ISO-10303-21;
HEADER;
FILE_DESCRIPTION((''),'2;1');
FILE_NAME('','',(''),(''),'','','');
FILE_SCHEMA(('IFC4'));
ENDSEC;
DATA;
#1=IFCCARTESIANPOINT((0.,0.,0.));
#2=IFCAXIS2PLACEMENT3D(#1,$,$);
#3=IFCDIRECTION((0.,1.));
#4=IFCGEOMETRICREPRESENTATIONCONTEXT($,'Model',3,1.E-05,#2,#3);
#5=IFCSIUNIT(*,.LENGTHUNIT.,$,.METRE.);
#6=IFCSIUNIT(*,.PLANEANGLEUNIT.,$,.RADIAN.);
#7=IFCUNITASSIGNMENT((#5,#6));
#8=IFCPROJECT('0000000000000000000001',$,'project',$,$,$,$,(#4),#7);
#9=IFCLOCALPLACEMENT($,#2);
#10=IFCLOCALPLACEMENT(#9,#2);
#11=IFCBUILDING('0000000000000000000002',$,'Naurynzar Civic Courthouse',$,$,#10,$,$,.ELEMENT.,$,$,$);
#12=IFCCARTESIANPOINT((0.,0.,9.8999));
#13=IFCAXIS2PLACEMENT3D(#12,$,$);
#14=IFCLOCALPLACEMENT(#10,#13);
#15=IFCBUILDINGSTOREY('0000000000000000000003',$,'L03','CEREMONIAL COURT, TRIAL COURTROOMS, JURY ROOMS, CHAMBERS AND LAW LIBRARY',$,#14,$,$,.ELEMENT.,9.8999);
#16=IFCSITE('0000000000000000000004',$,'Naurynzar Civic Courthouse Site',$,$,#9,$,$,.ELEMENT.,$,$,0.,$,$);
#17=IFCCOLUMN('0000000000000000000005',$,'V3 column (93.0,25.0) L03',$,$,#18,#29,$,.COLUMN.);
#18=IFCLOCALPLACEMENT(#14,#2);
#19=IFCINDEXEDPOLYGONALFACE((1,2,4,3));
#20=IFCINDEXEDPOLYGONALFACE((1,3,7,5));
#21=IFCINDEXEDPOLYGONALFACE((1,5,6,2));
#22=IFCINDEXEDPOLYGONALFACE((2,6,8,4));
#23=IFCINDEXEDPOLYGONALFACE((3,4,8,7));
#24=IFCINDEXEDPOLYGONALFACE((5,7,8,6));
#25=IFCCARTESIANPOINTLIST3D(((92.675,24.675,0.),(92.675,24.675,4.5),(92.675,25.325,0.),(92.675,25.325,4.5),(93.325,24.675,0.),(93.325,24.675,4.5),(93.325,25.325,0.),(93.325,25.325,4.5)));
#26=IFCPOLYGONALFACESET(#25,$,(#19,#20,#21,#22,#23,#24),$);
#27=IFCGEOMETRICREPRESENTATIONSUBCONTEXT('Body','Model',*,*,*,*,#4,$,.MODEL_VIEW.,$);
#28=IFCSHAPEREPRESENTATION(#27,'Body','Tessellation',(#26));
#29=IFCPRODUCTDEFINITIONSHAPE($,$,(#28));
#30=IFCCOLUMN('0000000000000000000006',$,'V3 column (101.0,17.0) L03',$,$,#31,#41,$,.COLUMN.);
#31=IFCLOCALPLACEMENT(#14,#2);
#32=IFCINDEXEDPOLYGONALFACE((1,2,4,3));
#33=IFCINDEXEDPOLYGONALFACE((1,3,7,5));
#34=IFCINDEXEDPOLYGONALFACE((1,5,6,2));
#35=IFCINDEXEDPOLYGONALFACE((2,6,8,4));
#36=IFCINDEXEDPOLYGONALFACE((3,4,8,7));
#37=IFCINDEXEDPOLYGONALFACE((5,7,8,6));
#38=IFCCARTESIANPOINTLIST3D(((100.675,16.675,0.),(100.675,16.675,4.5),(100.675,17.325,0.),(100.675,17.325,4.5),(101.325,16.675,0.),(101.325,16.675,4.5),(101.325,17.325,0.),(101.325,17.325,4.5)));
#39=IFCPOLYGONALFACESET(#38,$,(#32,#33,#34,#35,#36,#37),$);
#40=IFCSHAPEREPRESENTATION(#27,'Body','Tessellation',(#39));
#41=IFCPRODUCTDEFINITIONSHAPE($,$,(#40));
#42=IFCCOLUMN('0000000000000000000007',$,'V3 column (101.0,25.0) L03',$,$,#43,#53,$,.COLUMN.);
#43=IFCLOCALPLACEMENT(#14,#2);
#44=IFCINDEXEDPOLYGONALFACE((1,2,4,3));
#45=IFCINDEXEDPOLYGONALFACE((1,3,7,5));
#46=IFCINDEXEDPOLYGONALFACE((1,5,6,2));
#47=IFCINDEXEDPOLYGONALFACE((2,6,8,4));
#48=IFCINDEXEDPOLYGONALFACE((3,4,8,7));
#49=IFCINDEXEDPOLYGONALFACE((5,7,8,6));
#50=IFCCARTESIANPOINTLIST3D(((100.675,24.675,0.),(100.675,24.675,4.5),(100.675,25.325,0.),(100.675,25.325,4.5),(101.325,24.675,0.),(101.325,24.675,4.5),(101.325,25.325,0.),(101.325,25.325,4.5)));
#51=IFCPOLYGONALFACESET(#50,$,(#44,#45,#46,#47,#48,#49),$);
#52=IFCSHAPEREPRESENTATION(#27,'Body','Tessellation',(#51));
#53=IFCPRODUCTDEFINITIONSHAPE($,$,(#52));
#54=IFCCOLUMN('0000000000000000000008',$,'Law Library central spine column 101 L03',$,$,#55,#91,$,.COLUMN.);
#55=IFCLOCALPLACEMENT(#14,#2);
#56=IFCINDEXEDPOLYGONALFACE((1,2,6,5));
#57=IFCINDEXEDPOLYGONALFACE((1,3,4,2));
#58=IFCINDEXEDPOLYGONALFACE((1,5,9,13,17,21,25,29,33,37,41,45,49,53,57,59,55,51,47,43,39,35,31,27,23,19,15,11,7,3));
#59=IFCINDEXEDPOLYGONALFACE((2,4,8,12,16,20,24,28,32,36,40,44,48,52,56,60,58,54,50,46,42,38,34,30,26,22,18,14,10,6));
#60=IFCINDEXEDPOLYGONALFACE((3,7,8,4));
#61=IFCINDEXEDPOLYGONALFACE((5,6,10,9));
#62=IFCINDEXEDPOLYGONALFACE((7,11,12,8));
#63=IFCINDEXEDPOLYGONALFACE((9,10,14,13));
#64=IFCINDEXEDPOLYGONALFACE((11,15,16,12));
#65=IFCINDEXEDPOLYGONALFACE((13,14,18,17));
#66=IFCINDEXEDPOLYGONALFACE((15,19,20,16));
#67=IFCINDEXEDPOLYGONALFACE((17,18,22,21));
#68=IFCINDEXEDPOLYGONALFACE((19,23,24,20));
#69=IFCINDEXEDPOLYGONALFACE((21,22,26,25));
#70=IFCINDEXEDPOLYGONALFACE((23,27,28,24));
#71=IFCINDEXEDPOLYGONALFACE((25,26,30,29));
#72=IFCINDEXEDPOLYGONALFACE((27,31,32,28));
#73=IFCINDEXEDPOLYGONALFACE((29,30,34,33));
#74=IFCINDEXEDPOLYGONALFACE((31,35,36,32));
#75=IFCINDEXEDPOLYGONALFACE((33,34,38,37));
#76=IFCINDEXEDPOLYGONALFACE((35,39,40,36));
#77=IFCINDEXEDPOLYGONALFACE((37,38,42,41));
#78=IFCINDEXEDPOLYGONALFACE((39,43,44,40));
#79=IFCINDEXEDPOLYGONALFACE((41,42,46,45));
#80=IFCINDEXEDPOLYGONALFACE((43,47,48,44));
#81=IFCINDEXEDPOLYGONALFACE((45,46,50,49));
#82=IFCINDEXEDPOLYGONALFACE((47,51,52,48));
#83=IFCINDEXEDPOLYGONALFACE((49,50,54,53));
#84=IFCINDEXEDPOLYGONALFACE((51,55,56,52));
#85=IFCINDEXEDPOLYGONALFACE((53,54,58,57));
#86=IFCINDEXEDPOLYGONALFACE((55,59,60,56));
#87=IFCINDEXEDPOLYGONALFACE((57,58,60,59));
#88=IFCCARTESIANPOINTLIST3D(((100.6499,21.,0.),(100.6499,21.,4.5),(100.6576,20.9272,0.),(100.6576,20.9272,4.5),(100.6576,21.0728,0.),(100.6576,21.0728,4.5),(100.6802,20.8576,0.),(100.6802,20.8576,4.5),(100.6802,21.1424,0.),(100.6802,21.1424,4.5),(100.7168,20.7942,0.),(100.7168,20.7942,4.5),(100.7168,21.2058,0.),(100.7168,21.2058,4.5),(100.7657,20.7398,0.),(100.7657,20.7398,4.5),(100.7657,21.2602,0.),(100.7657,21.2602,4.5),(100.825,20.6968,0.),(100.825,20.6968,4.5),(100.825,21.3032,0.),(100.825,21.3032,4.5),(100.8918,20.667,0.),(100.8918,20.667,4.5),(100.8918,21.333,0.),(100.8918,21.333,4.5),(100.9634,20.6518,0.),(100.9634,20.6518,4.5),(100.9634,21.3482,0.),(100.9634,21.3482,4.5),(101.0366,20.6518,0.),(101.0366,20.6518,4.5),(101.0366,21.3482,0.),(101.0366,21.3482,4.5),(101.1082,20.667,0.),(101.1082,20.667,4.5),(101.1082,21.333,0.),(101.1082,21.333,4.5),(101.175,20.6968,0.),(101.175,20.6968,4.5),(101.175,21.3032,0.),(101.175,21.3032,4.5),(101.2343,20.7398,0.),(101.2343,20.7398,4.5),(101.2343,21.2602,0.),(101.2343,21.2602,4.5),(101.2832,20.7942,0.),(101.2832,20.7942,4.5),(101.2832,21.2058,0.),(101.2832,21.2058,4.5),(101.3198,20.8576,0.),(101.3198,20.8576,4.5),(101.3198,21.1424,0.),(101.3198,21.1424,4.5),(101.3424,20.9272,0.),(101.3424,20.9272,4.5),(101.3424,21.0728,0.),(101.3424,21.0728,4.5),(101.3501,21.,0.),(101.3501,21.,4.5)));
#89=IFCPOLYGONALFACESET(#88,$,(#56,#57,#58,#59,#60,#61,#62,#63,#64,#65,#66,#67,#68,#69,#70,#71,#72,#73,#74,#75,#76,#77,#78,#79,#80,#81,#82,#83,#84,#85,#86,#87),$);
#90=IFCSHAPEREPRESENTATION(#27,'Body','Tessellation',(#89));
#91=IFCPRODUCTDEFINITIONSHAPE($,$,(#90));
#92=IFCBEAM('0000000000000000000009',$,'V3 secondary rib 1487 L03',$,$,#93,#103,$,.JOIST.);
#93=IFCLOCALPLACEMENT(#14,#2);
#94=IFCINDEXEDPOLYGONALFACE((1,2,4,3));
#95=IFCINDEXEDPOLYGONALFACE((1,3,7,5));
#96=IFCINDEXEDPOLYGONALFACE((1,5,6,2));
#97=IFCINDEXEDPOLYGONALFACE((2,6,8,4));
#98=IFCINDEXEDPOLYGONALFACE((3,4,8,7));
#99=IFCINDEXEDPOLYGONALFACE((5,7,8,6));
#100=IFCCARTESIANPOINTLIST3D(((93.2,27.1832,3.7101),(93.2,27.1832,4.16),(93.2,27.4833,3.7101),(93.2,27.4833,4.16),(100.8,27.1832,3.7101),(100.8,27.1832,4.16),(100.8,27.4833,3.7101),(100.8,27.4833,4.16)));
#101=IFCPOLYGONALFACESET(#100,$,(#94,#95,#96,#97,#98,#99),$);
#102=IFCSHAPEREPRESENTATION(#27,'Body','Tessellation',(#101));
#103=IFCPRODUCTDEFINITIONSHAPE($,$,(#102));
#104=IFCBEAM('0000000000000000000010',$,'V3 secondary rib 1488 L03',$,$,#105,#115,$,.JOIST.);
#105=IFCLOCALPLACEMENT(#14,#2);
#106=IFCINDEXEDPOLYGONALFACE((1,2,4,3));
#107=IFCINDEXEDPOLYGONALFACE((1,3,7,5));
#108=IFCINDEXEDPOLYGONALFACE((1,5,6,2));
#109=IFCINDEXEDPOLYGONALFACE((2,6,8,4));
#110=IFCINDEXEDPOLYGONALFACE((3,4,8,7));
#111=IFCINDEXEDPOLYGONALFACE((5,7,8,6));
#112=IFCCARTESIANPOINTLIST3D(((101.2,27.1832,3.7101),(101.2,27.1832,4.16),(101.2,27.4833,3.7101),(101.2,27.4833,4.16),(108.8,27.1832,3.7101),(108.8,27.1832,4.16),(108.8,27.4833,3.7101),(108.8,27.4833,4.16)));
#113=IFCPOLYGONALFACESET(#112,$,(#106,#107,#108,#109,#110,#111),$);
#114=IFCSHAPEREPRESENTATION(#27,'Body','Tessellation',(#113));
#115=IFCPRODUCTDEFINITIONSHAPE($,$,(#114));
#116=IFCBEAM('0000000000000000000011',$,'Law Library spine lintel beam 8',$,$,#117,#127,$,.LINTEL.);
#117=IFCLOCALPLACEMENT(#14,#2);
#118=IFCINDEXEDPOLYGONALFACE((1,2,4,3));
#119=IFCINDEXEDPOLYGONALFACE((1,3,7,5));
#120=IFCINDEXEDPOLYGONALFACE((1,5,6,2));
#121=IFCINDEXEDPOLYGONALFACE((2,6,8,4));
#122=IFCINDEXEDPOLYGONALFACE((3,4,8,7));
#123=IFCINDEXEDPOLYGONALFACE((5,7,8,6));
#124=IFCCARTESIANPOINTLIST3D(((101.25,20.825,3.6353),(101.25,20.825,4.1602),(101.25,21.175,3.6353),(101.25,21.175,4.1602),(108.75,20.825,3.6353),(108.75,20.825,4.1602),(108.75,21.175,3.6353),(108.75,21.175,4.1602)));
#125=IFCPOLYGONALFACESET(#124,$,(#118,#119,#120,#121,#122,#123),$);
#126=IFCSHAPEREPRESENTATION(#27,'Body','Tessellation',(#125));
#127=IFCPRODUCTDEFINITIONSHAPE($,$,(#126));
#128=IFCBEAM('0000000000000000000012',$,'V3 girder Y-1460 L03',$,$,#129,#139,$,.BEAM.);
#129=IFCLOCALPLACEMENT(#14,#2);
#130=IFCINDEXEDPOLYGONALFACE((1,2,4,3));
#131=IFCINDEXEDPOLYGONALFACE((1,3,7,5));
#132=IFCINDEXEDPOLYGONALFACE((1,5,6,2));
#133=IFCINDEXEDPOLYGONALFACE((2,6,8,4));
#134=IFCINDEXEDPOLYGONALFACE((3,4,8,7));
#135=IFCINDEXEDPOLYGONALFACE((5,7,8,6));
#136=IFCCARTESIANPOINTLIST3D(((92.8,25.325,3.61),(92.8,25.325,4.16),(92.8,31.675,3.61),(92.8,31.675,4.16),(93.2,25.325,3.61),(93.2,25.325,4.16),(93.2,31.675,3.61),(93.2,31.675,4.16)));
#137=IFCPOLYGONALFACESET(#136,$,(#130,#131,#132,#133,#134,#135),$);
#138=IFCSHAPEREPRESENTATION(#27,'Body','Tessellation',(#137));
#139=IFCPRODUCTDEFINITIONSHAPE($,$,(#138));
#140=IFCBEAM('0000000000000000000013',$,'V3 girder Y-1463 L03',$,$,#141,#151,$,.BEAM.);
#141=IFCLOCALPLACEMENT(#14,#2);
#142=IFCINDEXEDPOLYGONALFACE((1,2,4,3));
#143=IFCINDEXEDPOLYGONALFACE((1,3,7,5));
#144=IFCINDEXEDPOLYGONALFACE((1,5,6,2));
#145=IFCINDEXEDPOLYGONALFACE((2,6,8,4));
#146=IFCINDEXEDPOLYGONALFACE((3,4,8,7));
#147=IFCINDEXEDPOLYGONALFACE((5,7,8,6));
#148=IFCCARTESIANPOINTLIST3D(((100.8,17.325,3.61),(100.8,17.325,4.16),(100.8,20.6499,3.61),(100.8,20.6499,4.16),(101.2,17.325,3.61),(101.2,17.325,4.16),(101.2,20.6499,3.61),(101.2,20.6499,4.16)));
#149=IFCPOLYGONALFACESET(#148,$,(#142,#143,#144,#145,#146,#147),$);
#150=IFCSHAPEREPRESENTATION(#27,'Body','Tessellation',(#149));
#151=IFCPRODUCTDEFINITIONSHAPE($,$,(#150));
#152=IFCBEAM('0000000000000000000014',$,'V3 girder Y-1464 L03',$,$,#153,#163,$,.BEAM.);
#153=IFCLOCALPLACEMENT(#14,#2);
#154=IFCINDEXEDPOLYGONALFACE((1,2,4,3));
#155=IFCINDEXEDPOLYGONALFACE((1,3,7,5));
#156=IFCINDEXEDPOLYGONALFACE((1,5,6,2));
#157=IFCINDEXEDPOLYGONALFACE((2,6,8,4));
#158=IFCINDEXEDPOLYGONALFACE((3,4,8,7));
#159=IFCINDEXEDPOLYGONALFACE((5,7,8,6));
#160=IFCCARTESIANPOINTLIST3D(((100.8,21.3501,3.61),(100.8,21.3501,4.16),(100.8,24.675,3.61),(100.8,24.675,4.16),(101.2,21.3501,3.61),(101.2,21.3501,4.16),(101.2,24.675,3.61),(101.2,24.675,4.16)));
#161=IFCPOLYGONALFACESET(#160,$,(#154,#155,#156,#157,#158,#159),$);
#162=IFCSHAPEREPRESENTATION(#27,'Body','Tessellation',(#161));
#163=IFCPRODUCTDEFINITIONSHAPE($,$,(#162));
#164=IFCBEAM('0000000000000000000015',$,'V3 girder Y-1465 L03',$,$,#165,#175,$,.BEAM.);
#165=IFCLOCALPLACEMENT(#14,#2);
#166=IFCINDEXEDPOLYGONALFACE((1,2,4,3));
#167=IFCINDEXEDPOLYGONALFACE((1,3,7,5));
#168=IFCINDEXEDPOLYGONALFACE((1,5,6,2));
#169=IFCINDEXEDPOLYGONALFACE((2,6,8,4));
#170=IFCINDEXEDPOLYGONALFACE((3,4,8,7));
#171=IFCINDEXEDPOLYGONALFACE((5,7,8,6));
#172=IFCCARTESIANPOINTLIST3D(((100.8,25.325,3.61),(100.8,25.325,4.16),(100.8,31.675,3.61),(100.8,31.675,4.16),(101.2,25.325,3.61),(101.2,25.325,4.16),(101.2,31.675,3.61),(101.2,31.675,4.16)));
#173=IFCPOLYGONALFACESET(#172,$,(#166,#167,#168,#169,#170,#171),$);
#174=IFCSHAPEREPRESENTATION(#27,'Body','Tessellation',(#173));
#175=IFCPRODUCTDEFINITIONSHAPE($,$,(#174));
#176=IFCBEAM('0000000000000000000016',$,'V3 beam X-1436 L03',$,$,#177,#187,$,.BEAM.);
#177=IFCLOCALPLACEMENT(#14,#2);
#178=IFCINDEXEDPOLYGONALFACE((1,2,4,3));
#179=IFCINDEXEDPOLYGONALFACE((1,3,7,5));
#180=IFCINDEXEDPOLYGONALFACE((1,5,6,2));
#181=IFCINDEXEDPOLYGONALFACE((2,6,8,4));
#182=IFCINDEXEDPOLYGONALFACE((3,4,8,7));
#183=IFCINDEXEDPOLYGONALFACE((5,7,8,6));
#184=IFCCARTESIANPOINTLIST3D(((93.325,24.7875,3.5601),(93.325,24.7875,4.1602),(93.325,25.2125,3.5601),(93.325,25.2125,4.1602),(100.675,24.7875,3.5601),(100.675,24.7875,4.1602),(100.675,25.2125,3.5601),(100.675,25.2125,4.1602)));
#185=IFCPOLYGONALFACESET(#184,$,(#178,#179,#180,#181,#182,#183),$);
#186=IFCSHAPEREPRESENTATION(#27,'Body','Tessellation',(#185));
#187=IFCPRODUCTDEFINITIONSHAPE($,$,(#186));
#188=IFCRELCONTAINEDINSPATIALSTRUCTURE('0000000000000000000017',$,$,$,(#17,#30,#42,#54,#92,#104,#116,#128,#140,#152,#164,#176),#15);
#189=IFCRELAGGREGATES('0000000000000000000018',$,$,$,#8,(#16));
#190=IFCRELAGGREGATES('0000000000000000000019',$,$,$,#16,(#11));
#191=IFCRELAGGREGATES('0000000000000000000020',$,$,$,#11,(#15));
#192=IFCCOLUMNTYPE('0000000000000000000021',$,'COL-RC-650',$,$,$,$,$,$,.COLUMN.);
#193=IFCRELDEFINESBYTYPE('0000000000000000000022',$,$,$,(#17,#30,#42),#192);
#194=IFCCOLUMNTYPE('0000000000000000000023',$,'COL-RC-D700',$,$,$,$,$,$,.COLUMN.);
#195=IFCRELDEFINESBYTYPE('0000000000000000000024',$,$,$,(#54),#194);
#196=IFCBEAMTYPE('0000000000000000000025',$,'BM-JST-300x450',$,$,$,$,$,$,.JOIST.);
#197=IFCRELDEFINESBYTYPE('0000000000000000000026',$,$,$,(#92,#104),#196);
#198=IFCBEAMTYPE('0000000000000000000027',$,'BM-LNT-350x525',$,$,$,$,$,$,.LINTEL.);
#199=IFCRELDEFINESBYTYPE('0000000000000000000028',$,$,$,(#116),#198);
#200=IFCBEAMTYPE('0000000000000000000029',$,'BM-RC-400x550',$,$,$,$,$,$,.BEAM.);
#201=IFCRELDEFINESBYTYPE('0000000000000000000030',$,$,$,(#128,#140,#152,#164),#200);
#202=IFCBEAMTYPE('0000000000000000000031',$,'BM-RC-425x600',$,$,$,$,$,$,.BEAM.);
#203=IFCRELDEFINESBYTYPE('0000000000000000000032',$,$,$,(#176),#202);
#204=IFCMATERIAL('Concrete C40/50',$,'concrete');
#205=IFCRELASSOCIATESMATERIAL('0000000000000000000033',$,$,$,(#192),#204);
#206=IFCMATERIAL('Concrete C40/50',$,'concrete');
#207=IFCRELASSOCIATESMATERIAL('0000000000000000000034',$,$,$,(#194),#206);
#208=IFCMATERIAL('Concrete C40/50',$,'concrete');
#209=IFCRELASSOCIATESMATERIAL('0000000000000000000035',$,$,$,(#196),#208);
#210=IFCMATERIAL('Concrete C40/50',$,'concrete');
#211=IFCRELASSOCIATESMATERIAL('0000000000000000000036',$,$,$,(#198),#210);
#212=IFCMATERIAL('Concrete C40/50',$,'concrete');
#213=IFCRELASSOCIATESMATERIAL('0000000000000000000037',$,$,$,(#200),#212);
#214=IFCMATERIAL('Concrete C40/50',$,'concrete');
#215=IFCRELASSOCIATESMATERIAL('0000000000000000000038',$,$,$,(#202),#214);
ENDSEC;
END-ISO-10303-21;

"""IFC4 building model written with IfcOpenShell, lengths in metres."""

from ifc_helpers import new_model, si_unit, direction, frame, origin, origin_2d, place, context, subcontext, project, spatial, rectangle, circle, extrude, material, material_profile, profile_set, type_object, element, save


model = new_model("IFC4")

# Units and contexts
model_context = context("Model", 3, precision=1e-05, world=origin(), true_north=direction((0.0, 1.0)))
body_context = subcontext(model_context, "Body", "Model", "MODEL_VIEW")
ifc_project = project(units=[si_unit("LENGTHUNIT", "METRE"), si_unit("PLANEANGLEUNIT", "RADIAN")], contexts=[model_context])

# Site, building, storey
site_placement = place(None, origin())
site = spatial("IfcSite", under=ifc_project, at=site_placement, Name="Naurynzar Civic Courthouse Site", CompositionType="ELEMENT", RefElevation=0.0)
building_placement = place(site_placement, origin())
building = spatial("IfcBuilding", under=site, at=building_placement, Name="Naurynzar Civic Courthouse", CompositionType="ELEMENT")
storey_placement = place(building_placement, frame((0.0, 0.0, 9.8999)))
storey = spatial("IfcBuildingStorey", under=building, at=storey_placement, Name="L03", Description="CEREMONIAL COURT, TRIAL COURTROOMS, JURY ROOMS, CHAMBERS AND LAW LIBRARY", CompositionType="ELEMENT", Elevation=9.8999)

# Columns
ifc_material_1 = material(Name="Concrete C40/50", Category="concrete")
ifc_material_profile_1 = material_profile(ifc_material_1, rectangle(XDim=0.6499, YDim=0.6499, at=origin_2d()), Name="RC 650x650")
ifc_profile_set_1 = profile_set([ifc_material_profile_1], Name="Concrete C40/50")
column_type_1 = type_object("IfcColumnType", Name="COL-RC-650", PredefinedType="COLUMN", material=ifc_profile_set_1)
for number, where, z_axis, x_axis, name in (
    (1, (93.0, 25.0, 0.0), (0.0, 0.0, 1.0), (1.0, 0.0, 0.0), "V3 column (93.0,25.0) L03"),
    (2, (101.0, 17.0, 0.0), (0.0, 0.0, 1.0), (1.0, 0.0, 0.0), "V3 column (101.0,17.0) L03"),
    (3, (101.0, 25.0, 0.0), (0.0, 0.0, 1.0), (1.0, 0.0, 0.0), "V3 column (101.0,25.0) L03"),
):
    element("IfcColumn", number, at=place(storey_placement, frame(where, z_axis=z_axis, x_axis=x_axis)), inside=storey, type_object=column_type_1, Name=name, PredefinedType="COLUMN", context=body_context, shape_type="SweptSolid", body=[
        extrude(rectangle(XDim=0.6499, YDim=0.6499, at=origin_2d()), origin(), (0.0, 0.0, 1.0), 4.5),
    ])
ifc_material_2 = material(Name="Concrete C40/50", Category="concrete")
ifc_material_profile_2 = material_profile(ifc_material_2, circle(Radius=0.3501, at=origin_2d()), Name="RC D700")
ifc_profile_set_2 = profile_set([ifc_material_profile_2], Name="Concrete C40/50")
column_type_2 = type_object("IfcColumnType", Name="COL-RC-D700", PredefinedType="COLUMN", material=ifc_profile_set_2)
column_placement = place(storey_placement, frame((101.0, 21.0, 0.0), z_axis=(0.0, 0.0, 1.0), x_axis=(1.0, 0.0, 0.0)))
element("IfcColumn", 4, at=column_placement, inside=storey, type_object=column_type_2, Name="Law Library central spine column 101 L03", PredefinedType="COLUMN", context=body_context, shape_type="SweptSolid", body=[
    extrude(circle(Radius=0.3501, at=origin_2d()), origin(), (0.0, 0.0, 1.0), 4.5),
])

# Beams
ifc_material_3 = material(Name="Concrete C40/50", Category="concrete")
ifc_material_profile_3 = material_profile(ifc_material_3, rectangle(XDim=0.3, YDim=0.45, at=origin_2d()), Name="RCJ 300x450")
ifc_profile_set_3 = profile_set([ifc_material_profile_3], Name="Concrete C40/50")
beam_type_1 = type_object("IfcBeamType", Name="BM-JST-300x450", PredefinedType="JOIST", material=ifc_profile_set_3)
for number, where, z_axis, x_axis, name in (
    (5, (93.2, 27.3333, 3.9351), (1.0, 0.0, 0.0), (0.0, 1.0, 0.0), "V3 secondary rib 1487 L03"),
    (6, (101.2, 27.3333, 3.9351), (1.0, 0.0, 0.0), (0.0, 1.0, 0.0), "V3 secondary rib 1488 L03"),
):
    element("IfcBeam", number, at=place(storey_placement, frame(where, z_axis=z_axis, x_axis=x_axis)), inside=storey, type_object=beam_type_1, Name=name, PredefinedType="JOIST", context=body_context, shape_type="SweptSolid", body=[
        extrude(rectangle(XDim=0.3, YDim=0.45, at=origin_2d()), origin(), (0.0, 0.0, 1.0), 7.6001),
    ])
ifc_material_4 = material(Name="Concrete C40/50", Category="concrete")
ifc_material_profile_4 = material_profile(ifc_material_4, rectangle(XDim=0.3501, YDim=0.5249, at=origin_2d()), Name="RCB 350x525")
ifc_profile_set_4 = profile_set([ifc_material_profile_4], Name="Concrete C40/50")
beam_type_2 = type_object("IfcBeamType", Name="BM-LNT-350x525", PredefinedType="LINTEL", material=ifc_profile_set_4)
beam_1_placement = place(storey_placement, frame((101.25, 21.0, 3.8977), z_axis=(1.0, 0.0, 0.0), x_axis=(0.0, 1.0, 0.0)))
element("IfcBeam", 7, at=beam_1_placement, inside=storey, type_object=beam_type_2, Name="Law Library spine lintel beam 8", PredefinedType="LINTEL", context=body_context, shape_type="SweptSolid", body=[
    extrude(rectangle(XDim=0.3501, YDim=0.5249, at=origin_2d()), origin(), (0.0, 0.0, 1.0), 7.5),
])
ifc_material_5 = material(Name="Concrete C40/50", Category="concrete")
ifc_material_profile_5 = material_profile(ifc_material_5, rectangle(XDim=0.3999, YDim=0.55, at=origin_2d()), Name="RCB 400x550")
ifc_profile_set_5 = profile_set([ifc_material_profile_5], Name="Concrete C40/50")
beam_type_3 = type_object("IfcBeamType", Name="BM-RC-400x550", PredefinedType="BEAM", material=ifc_profile_set_5)
beam_2_placement = place(storey_placement, frame((93.0, 25.325, 3.885), z_axis=(0.0, 1.0, 0.0), x_axis=(-1.0, 0.0, 0.0)))
element("IfcBeam", 8, at=beam_2_placement, inside=storey, type_object=beam_type_3, Name="V3 girder Y-1460 L03", PredefinedType="BEAM", context=body_context, shape_type="SweptSolid", body=[
    extrude(rectangle(XDim=0.3999, YDim=0.55, at=origin_2d()), origin(), (0.0, 0.0, 1.0), 6.3501),
])
for number, where, z_axis, x_axis, name in (
    (9, (101.0, 17.325, 3.885), (0.0, 1.0, 0.0), (-1.0, 0.0, 0.0), "V3 girder Y-1463 L03"),
    (10, (101.0, 21.3501, 3.885), (0.0, 1.0, 0.0), (-1.0, 0.0, 0.0), "V3 girder Y-1464 L03"),
):
    element("IfcBeam", number, at=place(storey_placement, frame(where, z_axis=z_axis, x_axis=x_axis)), inside=storey, type_object=beam_type_3, Name=name, PredefinedType="BEAM", context=body_context, shape_type="SweptSolid", body=[
        extrude(rectangle(XDim=0.3999, YDim=0.55, at=origin_2d()), origin(), (0.0, 0.0, 1.0), 3.325),
    ])
beam_3_placement = place(storey_placement, frame((101.0, 25.325, 3.885), z_axis=(0.0, 1.0, 0.0), x_axis=(-1.0, 0.0, 0.0)))
element("IfcBeam", 11, at=beam_3_placement, inside=storey, type_object=beam_type_3, Name="V3 girder Y-1465 L03", PredefinedType="BEAM", context=body_context, shape_type="SweptSolid", body=[
    extrude(rectangle(XDim=0.3999, YDim=0.55, at=origin_2d()), origin(), (0.0, 0.0, 1.0), 6.3501),
])
ifc_material_6 = material(Name="Concrete C40/50", Category="concrete")
ifc_material_profile_6 = material_profile(ifc_material_6, rectangle(XDim=0.425, YDim=0.6001, at=origin_2d()), Name="RCB 425x600")
ifc_profile_set_6 = profile_set([ifc_material_profile_6], Name="Concrete C40/50")
beam_type_4 = type_object("IfcBeamType", Name="BM-RC-425x600", PredefinedType="BEAM", material=ifc_profile_set_6)
beam_4_placement = place(storey_placement, frame((93.325, 25.0, 3.8601), z_axis=(1.0, 0.0, 0.0), x_axis=(0.0, 1.0, 0.0)))
element("IfcBeam", 12, at=beam_4_placement, inside=storey, type_object=beam_type_4, Name="V3 beam X-1436 L03", PredefinedType="BEAM", context=body_context, shape_type="SweptSolid", body=[
    extrude(rectangle(XDim=0.425, YDim=0.6001, at=origin_2d()), origin(), (0.0, 0.0, 1.0), 7.3501),
])

save(model, "model.ifc")
